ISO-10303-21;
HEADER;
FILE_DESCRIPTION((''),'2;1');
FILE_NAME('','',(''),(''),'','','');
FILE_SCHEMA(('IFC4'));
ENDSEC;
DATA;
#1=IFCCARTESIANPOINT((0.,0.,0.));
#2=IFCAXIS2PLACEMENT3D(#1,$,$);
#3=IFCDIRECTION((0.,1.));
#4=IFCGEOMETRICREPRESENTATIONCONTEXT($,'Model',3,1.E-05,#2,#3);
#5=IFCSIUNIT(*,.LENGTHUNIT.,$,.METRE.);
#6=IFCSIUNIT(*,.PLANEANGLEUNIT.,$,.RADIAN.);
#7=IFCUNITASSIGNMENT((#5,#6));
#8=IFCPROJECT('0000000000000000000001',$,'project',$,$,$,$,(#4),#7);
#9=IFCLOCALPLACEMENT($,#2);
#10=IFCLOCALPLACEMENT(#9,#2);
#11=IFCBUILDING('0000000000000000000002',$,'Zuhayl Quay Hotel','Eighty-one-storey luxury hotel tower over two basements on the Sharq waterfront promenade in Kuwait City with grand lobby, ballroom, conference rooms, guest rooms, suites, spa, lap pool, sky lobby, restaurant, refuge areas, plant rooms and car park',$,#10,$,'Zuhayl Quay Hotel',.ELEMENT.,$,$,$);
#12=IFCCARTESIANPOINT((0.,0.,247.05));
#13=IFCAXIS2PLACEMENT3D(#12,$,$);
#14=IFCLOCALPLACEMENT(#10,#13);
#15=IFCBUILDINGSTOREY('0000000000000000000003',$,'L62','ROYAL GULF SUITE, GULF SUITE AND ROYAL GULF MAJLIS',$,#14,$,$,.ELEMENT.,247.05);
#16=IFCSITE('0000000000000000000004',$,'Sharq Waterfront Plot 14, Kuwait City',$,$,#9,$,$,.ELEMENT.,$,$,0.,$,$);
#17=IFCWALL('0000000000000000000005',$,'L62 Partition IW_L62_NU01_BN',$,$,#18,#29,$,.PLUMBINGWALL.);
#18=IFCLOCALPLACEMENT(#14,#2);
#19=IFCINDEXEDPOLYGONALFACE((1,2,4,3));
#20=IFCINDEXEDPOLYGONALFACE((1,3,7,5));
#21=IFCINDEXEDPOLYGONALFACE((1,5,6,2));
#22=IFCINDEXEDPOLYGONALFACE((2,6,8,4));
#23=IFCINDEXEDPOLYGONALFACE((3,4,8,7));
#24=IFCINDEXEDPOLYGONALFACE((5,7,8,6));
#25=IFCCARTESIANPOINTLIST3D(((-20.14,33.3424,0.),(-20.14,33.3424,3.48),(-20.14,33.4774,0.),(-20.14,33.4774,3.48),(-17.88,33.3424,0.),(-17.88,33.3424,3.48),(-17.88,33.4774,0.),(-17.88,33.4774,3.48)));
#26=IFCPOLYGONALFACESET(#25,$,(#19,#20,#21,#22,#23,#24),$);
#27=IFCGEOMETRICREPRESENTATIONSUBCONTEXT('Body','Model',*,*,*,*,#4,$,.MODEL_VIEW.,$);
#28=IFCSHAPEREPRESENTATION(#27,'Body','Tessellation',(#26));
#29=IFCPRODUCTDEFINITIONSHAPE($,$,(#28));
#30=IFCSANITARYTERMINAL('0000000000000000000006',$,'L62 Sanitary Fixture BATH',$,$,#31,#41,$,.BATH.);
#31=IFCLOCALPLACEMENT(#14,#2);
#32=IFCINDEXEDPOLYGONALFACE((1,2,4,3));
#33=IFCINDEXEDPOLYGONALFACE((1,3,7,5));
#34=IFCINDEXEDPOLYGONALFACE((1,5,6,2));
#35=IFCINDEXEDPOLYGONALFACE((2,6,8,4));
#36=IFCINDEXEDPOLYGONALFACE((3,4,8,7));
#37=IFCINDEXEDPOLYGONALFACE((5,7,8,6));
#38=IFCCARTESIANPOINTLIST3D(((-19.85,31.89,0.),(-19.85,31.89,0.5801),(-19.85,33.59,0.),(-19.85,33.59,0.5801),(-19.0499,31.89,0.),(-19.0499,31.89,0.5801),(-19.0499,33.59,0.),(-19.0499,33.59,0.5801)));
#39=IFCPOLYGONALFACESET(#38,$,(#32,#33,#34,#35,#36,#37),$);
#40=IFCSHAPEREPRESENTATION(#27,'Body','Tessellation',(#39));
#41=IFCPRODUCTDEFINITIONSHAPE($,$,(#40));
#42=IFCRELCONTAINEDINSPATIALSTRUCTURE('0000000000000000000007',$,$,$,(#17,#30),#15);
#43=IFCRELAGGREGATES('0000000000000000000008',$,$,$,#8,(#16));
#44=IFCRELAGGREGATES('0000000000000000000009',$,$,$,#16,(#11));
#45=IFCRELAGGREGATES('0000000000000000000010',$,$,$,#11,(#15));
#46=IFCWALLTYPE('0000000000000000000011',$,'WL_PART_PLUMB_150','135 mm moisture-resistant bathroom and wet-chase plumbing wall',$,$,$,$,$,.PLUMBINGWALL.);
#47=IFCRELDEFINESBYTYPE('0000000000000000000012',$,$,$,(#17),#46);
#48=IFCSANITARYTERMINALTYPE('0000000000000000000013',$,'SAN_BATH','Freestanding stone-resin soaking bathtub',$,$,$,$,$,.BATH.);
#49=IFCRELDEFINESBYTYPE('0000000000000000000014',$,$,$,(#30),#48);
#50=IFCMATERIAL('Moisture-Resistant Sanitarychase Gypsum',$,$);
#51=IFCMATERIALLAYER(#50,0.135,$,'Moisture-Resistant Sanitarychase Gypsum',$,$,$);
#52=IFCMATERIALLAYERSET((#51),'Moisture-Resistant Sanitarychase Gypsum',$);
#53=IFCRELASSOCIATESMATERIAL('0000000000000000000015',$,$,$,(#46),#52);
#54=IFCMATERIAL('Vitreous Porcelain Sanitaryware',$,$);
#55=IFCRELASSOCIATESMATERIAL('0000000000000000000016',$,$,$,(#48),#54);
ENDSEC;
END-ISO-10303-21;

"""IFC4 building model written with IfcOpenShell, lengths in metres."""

from ifc_helpers import new_model, si_unit, direction, frame, frame_2d, origin, origin_2d, place, context, subcontext, project, spatial, rectangle, extrude, material, layer, layer_set, type_object, element, save


model = new_model("IFC4")

# Units and contexts
model_context = context("Model", 3, precision=1e-05, world=origin(), true_north=direction((0.0, 1.0)))
body_context = subcontext(model_context, "Body", "Model", "MODEL_VIEW")
ifc_project = project(units=[si_unit("LENGTHUNIT", "METRE"), si_unit("PLANEANGLEUNIT", "RADIAN")], contexts=[model_context])

# Site, building, storey
site_placement = place(None, origin())
site = spatial("IfcSite", under=ifc_project, at=site_placement, Name="Sharq Waterfront Plot 14, Kuwait City", CompositionType="ELEMENT", RefElevation=0.0)
building_placement = place(site_placement, origin())
building = spatial("IfcBuilding", under=site, at=building_placement, Name="Zuhayl Quay Hotel", Description="Eighty-one-storey luxury hotel tower over two basements on the Sharq waterfront promenade in Kuwait City with grand lobby, ballroom, conference rooms, guest rooms, suites, spa, lap pool, sky lobby, restaurant, refuge areas, plant rooms and car park", LongName="Zuhayl Quay Hotel", CompositionType="ELEMENT")
storey_placement = place(building_placement, frame((0.0, 0.0, 247.05)))
storey = spatial("IfcBuildingStorey", under=building, at=storey_placement, Name="L62", Description="ROYAL GULF SUITE, GULF SUITE AND ROYAL GULF MAJLIS", CompositionType="ELEMENT", Elevation=247.05)

# Wall
ifc_material_1 = material(Name="Moisture-Resistant Sanitarychase Gypsum")
ifc_layer_1 = layer(ifc_material_1, 0.135, Name="Moisture-Resistant Sanitarychase Gypsum")
ifc_layer_set_1 = layer_set([ifc_layer_1], Name="Moisture-Resistant Sanitarychase Gypsum")
wall_type_1 = type_object("IfcWallType", Name="WL_PART_PLUMB_150", Description="135 mm moisture-resistant bathroom and wet-chase plumbing wall", PredefinedType="PLUMBINGWALL", material=ifc_layer_set_1)
wall_1_placement = place(storey_placement, frame((-20.1399, 33.4099, 0.0), z_axis=(0.0, 0.0, 1.0), x_axis=(1.0, 0.0, 0.0)))
element("IfcWall", 1, at=wall_1_placement, inside=storey, type_object=wall_type_1, Name="L62 Partition IW_L62_NU01_BN", PredefinedType="PLUMBINGWALL", context=body_context, shape_type="SweptSolid", body=[
    extrude(rectangle(XDim=2.26, YDim=0.135, at=frame_2d((1.1299, 0.0))), origin(), (0.0, 0.0, 1.0), 3.48),
])

# Sanitary terminal
ifc_material_2 = material(Name="Vitreous Porcelain Sanitaryware")
sanitary_terminal_type = type_object("IfcSanitaryTerminalType", Name="SAN_BATH", Description="Freestanding stone-resin soaking bathtub", PredefinedType="BATH", material=ifc_material_2)
sanitary_terminal_placement = place(storey_placement, frame((-19.45, 32.74, 0.0), z_axis=(0.0, 0.0, 1.0), x_axis=(1.0, 0.0, 0.0)))
element("IfcSanitaryTerminal", 2, at=sanitary_terminal_placement, inside=storey, type_object=sanitary_terminal_type, Name="L62 Sanitary Fixture BATH", PredefinedType="BATH", context=body_context, shape_type="SweptSolid", body=[
    extrude(rectangle(XDim=0.8, YDim=1.7, at=origin_2d()), origin(), (0.0, 0.0, 1.0), 0.5801),
])

save(model, "model.ifc")
